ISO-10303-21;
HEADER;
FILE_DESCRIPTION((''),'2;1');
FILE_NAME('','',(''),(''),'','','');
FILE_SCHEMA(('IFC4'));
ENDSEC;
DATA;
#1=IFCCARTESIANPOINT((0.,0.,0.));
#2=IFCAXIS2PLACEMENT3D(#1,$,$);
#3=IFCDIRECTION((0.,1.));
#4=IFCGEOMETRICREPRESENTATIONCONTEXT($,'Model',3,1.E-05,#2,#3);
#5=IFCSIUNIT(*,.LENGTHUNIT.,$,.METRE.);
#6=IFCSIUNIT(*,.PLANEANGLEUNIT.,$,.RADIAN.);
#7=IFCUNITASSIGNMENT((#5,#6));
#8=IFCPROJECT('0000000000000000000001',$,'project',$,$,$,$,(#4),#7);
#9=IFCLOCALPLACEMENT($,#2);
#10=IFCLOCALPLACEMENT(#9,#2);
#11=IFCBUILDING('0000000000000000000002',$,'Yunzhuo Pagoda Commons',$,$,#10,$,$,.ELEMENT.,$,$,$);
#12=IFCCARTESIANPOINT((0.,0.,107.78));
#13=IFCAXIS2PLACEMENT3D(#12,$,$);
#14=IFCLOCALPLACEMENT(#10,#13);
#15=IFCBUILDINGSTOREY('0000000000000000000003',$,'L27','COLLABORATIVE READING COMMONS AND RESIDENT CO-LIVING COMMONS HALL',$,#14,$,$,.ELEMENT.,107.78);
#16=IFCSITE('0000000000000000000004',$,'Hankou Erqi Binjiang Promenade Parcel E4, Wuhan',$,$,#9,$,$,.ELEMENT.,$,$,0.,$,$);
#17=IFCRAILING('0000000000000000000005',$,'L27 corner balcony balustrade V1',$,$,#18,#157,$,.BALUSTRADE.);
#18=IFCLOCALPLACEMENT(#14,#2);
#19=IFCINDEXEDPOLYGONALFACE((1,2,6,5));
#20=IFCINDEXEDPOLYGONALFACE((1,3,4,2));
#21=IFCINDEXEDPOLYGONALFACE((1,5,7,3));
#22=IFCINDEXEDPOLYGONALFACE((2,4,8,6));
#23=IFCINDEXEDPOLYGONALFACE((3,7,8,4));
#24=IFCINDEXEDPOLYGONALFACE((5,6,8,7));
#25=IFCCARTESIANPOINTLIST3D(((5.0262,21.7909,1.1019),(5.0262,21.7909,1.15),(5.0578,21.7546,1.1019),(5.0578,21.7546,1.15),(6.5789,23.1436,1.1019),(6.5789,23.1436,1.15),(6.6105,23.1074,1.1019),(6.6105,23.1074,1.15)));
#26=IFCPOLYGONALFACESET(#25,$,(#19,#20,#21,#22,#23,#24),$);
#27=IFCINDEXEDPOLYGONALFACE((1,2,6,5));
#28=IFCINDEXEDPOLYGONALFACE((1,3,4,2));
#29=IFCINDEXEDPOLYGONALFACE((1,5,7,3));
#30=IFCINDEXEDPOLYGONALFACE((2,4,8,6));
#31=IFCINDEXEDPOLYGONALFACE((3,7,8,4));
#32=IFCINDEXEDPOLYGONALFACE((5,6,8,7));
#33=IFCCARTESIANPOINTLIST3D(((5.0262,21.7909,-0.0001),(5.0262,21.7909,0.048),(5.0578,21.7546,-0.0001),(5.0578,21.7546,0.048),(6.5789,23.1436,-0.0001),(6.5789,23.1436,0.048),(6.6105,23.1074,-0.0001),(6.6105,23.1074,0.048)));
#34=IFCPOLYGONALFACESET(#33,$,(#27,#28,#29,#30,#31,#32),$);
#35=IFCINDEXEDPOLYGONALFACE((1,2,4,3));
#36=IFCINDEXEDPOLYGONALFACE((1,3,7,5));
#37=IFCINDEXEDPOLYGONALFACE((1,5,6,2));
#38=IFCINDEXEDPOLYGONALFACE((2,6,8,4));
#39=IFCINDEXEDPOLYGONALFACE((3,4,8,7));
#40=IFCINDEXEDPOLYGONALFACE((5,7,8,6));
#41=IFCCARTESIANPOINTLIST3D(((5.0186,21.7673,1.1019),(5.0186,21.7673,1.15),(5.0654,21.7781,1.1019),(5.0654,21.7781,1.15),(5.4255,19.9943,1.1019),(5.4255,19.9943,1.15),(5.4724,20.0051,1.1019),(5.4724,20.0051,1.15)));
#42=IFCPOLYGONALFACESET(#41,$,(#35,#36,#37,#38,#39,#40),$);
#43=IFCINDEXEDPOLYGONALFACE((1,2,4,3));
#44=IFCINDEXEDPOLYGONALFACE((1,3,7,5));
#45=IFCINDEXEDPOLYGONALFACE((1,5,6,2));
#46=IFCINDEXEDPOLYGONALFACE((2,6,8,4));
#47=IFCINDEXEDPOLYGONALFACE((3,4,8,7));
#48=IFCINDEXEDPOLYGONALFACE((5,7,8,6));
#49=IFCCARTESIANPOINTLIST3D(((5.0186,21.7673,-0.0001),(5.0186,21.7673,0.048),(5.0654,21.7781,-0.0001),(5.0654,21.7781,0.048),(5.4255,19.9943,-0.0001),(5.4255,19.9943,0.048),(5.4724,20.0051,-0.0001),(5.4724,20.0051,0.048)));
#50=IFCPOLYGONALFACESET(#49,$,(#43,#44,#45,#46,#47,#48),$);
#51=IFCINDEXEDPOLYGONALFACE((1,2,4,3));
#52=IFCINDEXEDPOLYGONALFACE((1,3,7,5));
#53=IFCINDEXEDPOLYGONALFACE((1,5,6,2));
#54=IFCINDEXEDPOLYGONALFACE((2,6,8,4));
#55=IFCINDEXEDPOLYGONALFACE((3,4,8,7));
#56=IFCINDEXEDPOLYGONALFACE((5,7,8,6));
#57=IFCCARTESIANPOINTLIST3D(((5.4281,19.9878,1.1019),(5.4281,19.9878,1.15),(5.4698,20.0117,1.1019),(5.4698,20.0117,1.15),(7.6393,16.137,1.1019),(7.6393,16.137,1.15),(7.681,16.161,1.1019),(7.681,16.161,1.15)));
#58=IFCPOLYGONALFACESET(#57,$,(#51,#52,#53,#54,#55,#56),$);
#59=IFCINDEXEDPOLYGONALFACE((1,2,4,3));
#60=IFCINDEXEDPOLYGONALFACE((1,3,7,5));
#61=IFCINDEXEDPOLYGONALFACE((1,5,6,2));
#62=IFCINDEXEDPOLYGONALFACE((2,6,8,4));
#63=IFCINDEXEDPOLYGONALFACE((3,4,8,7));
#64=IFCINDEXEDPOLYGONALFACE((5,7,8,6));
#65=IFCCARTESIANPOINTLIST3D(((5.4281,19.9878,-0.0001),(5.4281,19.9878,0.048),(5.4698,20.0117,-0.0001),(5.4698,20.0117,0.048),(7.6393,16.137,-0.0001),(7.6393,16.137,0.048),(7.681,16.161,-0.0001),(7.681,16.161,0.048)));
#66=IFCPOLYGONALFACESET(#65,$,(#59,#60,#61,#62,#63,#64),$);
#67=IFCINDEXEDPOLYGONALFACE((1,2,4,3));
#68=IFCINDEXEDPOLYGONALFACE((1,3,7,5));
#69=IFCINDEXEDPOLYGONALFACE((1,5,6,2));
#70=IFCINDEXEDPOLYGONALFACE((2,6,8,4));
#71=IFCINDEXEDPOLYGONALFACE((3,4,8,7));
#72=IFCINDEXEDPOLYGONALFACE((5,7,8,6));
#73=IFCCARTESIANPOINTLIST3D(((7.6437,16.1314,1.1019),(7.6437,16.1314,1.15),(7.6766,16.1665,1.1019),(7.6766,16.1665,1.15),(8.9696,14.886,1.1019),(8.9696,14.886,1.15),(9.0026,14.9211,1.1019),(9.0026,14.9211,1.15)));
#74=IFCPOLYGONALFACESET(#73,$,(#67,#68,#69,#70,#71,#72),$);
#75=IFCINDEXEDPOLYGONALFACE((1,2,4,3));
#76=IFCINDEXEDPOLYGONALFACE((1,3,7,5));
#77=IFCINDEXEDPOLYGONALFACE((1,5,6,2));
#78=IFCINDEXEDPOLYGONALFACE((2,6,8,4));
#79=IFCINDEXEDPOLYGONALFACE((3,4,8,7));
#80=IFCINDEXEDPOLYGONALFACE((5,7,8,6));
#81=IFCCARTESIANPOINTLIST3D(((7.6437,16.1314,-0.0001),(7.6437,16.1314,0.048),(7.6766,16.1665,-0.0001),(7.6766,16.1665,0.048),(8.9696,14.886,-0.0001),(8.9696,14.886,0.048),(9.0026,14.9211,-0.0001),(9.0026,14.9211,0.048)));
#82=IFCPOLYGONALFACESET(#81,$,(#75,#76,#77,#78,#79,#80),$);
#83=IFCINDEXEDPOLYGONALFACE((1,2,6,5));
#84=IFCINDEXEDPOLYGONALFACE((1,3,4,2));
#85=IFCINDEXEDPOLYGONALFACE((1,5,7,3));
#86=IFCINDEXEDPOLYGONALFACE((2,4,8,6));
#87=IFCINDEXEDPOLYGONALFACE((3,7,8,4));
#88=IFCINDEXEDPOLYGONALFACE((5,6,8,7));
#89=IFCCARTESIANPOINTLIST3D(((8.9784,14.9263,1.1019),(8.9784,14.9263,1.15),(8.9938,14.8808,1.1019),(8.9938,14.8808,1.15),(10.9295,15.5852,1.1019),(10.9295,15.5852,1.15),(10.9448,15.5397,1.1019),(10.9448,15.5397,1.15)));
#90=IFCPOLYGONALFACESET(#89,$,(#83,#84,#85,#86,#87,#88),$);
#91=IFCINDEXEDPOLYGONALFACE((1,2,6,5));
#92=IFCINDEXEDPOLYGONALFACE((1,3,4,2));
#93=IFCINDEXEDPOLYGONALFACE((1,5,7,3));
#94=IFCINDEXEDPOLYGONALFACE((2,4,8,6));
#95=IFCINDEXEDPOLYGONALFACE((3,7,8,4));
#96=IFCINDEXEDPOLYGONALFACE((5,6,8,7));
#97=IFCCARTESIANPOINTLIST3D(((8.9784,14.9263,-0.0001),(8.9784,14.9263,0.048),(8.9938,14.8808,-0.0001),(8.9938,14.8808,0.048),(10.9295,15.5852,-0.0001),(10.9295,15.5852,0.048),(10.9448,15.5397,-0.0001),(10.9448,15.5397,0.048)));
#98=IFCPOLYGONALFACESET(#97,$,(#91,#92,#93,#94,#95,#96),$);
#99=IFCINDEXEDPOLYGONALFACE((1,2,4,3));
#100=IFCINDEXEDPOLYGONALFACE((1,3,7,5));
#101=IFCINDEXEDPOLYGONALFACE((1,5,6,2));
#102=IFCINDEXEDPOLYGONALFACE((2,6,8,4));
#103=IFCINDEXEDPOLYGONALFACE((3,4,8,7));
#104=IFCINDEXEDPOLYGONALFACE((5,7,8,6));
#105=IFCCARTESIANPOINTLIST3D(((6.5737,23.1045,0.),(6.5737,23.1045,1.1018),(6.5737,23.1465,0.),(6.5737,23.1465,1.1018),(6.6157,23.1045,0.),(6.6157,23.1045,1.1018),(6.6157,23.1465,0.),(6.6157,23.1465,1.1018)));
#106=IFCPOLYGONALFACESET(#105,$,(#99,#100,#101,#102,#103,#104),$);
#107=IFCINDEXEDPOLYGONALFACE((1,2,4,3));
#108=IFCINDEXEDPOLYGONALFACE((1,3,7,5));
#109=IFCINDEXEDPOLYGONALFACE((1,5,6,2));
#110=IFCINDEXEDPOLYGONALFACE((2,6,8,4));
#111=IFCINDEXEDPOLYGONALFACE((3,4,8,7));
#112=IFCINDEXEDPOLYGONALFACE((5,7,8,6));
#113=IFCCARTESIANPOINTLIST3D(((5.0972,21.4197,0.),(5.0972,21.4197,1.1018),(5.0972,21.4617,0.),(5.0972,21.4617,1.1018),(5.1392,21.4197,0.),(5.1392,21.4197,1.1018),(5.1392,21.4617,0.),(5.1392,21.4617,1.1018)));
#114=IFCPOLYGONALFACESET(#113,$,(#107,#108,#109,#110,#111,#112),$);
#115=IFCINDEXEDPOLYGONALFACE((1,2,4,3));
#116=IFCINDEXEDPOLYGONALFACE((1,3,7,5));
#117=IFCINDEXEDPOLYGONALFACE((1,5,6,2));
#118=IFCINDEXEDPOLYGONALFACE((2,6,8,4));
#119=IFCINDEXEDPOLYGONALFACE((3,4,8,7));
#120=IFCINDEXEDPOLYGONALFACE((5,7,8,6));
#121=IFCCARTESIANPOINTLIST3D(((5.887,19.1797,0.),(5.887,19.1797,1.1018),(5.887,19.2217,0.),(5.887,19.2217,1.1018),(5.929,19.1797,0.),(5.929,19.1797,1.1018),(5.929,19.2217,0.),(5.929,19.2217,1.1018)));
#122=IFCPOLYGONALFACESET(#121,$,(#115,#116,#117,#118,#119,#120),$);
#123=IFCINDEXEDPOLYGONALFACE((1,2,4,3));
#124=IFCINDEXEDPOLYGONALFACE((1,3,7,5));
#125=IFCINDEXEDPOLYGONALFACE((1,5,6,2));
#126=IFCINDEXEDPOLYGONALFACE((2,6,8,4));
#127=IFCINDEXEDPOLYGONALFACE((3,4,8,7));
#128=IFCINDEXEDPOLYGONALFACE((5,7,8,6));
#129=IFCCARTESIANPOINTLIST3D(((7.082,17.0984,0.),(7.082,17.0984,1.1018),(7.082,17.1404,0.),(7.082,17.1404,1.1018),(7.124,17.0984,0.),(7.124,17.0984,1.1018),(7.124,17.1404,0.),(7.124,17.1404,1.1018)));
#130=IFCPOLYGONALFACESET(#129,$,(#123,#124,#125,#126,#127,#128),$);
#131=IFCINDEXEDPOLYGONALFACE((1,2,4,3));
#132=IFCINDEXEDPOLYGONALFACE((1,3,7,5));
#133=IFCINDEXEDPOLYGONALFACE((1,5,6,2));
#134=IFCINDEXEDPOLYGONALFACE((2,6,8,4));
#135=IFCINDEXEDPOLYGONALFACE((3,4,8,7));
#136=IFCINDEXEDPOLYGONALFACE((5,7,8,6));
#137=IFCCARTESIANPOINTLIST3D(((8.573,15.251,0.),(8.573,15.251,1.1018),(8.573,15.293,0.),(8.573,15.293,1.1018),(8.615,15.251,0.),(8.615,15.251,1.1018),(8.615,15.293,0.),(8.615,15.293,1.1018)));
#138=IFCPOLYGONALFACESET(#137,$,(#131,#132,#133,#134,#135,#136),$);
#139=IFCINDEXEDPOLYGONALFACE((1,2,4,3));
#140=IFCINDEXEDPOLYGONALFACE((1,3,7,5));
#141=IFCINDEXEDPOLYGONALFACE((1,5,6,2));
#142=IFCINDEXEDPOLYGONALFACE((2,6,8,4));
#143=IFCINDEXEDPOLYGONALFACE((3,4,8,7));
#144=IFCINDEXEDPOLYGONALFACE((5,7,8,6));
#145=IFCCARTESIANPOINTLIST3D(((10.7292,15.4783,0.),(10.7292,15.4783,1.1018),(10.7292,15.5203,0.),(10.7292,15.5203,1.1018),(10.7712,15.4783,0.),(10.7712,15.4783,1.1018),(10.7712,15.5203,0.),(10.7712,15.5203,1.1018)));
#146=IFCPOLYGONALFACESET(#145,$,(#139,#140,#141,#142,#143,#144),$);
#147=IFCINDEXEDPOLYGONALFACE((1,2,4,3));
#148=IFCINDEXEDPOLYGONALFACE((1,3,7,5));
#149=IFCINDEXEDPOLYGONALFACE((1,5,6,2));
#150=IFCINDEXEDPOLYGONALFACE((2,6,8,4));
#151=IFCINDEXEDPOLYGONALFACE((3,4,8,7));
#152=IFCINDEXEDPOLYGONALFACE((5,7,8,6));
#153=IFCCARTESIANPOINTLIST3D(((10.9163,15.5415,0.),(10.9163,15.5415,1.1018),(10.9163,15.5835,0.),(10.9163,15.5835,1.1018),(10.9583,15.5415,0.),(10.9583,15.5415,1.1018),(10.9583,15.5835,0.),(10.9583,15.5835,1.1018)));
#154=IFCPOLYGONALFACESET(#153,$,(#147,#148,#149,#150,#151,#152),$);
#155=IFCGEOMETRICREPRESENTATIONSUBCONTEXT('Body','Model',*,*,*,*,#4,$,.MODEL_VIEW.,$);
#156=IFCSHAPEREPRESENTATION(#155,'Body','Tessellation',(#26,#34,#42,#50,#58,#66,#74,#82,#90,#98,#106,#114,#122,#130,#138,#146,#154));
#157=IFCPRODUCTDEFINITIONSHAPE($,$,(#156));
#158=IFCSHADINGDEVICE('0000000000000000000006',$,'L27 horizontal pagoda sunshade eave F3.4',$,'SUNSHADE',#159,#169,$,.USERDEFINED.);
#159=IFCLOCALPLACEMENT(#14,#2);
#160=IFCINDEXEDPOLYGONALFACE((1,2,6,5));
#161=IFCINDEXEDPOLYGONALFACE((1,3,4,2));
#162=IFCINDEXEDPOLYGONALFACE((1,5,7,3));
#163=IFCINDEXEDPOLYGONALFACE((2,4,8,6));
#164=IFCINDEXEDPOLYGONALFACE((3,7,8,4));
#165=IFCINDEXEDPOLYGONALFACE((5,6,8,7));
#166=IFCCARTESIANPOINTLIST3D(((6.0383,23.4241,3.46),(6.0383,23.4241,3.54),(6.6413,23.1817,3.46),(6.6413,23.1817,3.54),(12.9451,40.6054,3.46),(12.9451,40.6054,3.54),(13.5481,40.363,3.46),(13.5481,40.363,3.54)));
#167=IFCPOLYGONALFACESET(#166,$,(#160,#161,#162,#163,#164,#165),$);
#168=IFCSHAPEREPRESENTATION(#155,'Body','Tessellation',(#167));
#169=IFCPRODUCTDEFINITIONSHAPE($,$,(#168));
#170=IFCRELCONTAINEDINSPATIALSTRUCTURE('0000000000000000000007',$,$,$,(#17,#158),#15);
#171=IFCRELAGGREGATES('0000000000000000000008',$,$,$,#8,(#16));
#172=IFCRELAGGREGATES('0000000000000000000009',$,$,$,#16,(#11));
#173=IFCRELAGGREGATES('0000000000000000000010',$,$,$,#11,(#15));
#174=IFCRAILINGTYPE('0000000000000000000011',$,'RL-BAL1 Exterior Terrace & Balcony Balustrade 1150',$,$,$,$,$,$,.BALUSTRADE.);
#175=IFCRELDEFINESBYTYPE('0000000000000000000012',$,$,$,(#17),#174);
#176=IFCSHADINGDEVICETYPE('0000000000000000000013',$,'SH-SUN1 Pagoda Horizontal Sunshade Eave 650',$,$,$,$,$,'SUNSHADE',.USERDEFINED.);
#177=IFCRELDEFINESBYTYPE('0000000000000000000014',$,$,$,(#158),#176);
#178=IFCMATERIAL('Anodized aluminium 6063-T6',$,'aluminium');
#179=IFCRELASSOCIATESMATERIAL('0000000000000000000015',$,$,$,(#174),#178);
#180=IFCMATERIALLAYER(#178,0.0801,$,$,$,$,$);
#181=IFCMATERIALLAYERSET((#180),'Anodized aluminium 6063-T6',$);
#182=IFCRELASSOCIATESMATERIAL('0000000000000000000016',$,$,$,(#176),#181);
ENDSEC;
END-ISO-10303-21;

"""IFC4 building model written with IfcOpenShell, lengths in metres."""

from ifc_helpers import new_model, si_unit, direction, frame, origin, origin_2d, place, context, subcontext, project, spatial, rectangle, extrude, source, transform, mapped, material, layer, layer_set, type_object, element, save


model = new_model("IFC4")

# Units and contexts
model_context = context("Model", 3, precision=1e-05, world=origin(), true_north=direction((0.0, 1.0)))
body_context = subcontext(model_context, "Body", "Model", "MODEL_VIEW")
ifc_project = project(units=[si_unit("LENGTHUNIT", "METRE"), si_unit("PLANEANGLEUNIT", "RADIAN")], contexts=[model_context])

# Site, building, storey
site_placement = place(None, origin())
site = spatial("IfcSite", under=ifc_project, at=site_placement, Name="Hankou Erqi Binjiang Promenade Parcel E4, Wuhan", CompositionType="ELEMENT", RefElevation=0.0)
building_placement = place(site_placement, origin())
building = spatial("IfcBuilding", under=site, at=building_placement, Name="Yunzhuo Pagoda Commons", CompositionType="ELEMENT")
storey_placement = place(building_placement, frame((0.0, 0.0, 107.78)))
storey = spatial("IfcBuildingStorey", under=building, at=storey_placement, Name="L27", Description="COLLABORATIVE READING COMMONS AND RESIDENT CO-LIVING COMMONS HALL", CompositionType="ELEMENT", Elevation=107.78)

# Shared definitions
ifc_material_1 = material(Name="Anodized aluminium 6063-T6", Category="aluminium")

# Railing
railing_type = type_object("IfcRailingType", Name="RL-BAL1 Exterior Terrace & Balcony Balustrade 1150", PredefinedType="BALUSTRADE", material=ifc_material_1)
railing_placement = place(storey_placement, frame((6.5947, 23.1255, 0.0)))
element("IfcRailing", 1, at=railing_placement, inside=storey, type_object=railing_type, Name="L27 corner balcony balustrade V1", PredefinedType="BALUSTRADE", context=body_context, shape_type="SweptSolid", body=[
    extrude(rectangle(XDim=0.0481, YDim=0.0481, at=origin_2d()), frame((0.0, 0.0, 1.126), z_axis=(-0.753985, -0.656892, 0.0), x_axis=(0.656892, -0.753985, 0.0)), (0.0, 0.0, 1.0), 2.0593),
    extrude(rectangle(XDim=0.0481, YDim=0.0481, at=origin_2d()), frame((0.0, 0.0, 0.0239), z_axis=(-0.753985, -0.656892, 0.0), x_axis=(0.656892, -0.753985, 0.0)), (0.0, 0.0, 1.0), 2.0593),
    extrude(rectangle(XDim=0.0481, YDim=0.0481, at=origin_2d()), frame((-1.5527, -1.3528, 1.126), z_axis=(0.223732, -0.974651, 0.0), x_axis=(0.974651, 0.223732, 0.0)), (0.0, 0.0, 1.0), 1.8191),
    extrude(rectangle(XDim=0.0481, YDim=0.0481, at=origin_2d()), frame((-1.5527, -1.3528, 0.0239), z_axis=(0.223732, -0.974651, 0.0), x_axis=(0.974651, 0.223732, 0.0)), (0.0, 0.0, 1.0), 1.8191),
    extrude(rectangle(XDim=0.0481, YDim=0.0481, at=origin_2d()), frame((-1.1458, -3.1257, 1.126), z_axis=(0.497956, -0.867203, 0.0), x_axis=(0.867203, 0.497956, 0.0)), (0.0, 0.0, 1.0), 4.4404),
    extrude(rectangle(XDim=0.0481, YDim=0.0481, at=origin_2d()), frame((-1.1458, -3.1257, 0.0239), z_axis=(0.497956, -0.867203, 0.0), x_axis=(0.867203, 0.497956, 0.0)), (0.0, 0.0, 1.0), 4.4404),
    extrude(rectangle(XDim=0.0481, YDim=0.0481, at=origin_2d()), frame((1.0654, -6.9766, 1.126), z_axis=(0.728905, -0.684615, 0.0), x_axis=(0.684615, 0.728905, 0.0)), (0.0, 0.0, 1.0), 1.8191),
    extrude(rectangle(XDim=0.0481, YDim=0.0481, at=origin_2d()), frame((1.0654, -6.9766, 0.0239), z_axis=(0.728905, -0.684615, 0.0), x_axis=(0.684615, 0.728905, 0.0)), (0.0, 0.0, 1.0), 1.8191),
    extrude(rectangle(XDim=0.0481, YDim=0.0481, at=origin_2d()), frame((2.3914, -8.2219, 1.126), z_axis=(0.947431, 0.31996, 0.0), x_axis=(-0.31996, 0.947431, 0.0)), (0.0, 0.0, 1.0), 2.0593),
    extrude(rectangle(XDim=0.0481, YDim=0.0481, at=origin_2d()), frame((2.3914, -8.2219, 0.0239), z_axis=(0.947431, 0.31996, 0.0), x_axis=(-0.31996, 0.947431, 0.0)), (0.0, 0.0, 1.0), 2.0593),
    extrude(rectangle(XDim=0.042, YDim=0.042, at=origin_2d()), origin(), (0.0, 0.0, 1.0), 1.1018),
    extrude(rectangle(XDim=0.042, YDim=0.042, at=origin_2d()), frame((-1.4766, -1.6848, 0.0)), (0.0, 0.0, 1.0), 1.1018),
    extrude(rectangle(XDim=0.042, YDim=0.042, at=origin_2d()), frame((-0.6868, -3.9248, 0.0)), (0.0, 0.0, 1.0), 1.1018),
    extrude(rectangle(XDim=0.042, YDim=0.042, at=origin_2d()), frame((0.5083, -6.0061, 0.0)), (0.0, 0.0, 1.0), 1.1018),
    extrude(rectangle(XDim=0.042, YDim=0.042, at=origin_2d()), frame((1.9993, -7.8535, 0.0)), (0.0, 0.0, 1.0), 1.1018),
    extrude(rectangle(XDim=0.042, YDim=0.042, at=origin_2d()), frame((4.1555, -7.6262, 0.0)), (0.0, 0.0, 1.0), 1.1018),
    extrude(rectangle(XDim=0.042, YDim=0.042, at=origin_2d()), frame((4.3425, -7.563, 0.0)), (0.0, 0.0, 1.0), 1.1018),
])

# Shading device
ifc_layer_1 = layer(ifc_material_1, 0.0801)
ifc_layer_set_1 = layer_set([ifc_layer_1], Name="Anodized aluminium 6063-T6")
shading_device_type = type_object("IfcShadingDeviceType", Name="SH-SUN1 Pagoda Horizontal Sunshade Eave 650", ElementType="SUNSHADE", PredefinedType="USERDEFINED", material=ifc_layer_set_1)
shared_shape_1 = source(origin(), body_context, "Body", "SweptSolid", [
    extrude(rectangle(XDim=18.5176, YDim=0.6499, at=origin_2d()), origin(), (0.0, 0.0, 1.0), 0.0801),
])
shading_device_placement = place(storey_placement, frame((9.7932, 31.8936, 3.46), z_axis=(0.0, 0.0, 1.0), x_axis=(-0.372988, -0.927836, 0.0)))
element("IfcShadingDevice", 2, at=shading_device_placement, inside=storey, type_object=shading_device_type, Name="L27 horizontal pagoda sunshade eave F3.4", ObjectType="SUNSHADE", PredefinedType="USERDEFINED", context=body_context, shape_type="MappedRepresentation", body=[
    mapped(shared_shape_1, transform((0.0, 0.0, 0.0), scale=1.0)),
])

save(model, "model.ifc")
